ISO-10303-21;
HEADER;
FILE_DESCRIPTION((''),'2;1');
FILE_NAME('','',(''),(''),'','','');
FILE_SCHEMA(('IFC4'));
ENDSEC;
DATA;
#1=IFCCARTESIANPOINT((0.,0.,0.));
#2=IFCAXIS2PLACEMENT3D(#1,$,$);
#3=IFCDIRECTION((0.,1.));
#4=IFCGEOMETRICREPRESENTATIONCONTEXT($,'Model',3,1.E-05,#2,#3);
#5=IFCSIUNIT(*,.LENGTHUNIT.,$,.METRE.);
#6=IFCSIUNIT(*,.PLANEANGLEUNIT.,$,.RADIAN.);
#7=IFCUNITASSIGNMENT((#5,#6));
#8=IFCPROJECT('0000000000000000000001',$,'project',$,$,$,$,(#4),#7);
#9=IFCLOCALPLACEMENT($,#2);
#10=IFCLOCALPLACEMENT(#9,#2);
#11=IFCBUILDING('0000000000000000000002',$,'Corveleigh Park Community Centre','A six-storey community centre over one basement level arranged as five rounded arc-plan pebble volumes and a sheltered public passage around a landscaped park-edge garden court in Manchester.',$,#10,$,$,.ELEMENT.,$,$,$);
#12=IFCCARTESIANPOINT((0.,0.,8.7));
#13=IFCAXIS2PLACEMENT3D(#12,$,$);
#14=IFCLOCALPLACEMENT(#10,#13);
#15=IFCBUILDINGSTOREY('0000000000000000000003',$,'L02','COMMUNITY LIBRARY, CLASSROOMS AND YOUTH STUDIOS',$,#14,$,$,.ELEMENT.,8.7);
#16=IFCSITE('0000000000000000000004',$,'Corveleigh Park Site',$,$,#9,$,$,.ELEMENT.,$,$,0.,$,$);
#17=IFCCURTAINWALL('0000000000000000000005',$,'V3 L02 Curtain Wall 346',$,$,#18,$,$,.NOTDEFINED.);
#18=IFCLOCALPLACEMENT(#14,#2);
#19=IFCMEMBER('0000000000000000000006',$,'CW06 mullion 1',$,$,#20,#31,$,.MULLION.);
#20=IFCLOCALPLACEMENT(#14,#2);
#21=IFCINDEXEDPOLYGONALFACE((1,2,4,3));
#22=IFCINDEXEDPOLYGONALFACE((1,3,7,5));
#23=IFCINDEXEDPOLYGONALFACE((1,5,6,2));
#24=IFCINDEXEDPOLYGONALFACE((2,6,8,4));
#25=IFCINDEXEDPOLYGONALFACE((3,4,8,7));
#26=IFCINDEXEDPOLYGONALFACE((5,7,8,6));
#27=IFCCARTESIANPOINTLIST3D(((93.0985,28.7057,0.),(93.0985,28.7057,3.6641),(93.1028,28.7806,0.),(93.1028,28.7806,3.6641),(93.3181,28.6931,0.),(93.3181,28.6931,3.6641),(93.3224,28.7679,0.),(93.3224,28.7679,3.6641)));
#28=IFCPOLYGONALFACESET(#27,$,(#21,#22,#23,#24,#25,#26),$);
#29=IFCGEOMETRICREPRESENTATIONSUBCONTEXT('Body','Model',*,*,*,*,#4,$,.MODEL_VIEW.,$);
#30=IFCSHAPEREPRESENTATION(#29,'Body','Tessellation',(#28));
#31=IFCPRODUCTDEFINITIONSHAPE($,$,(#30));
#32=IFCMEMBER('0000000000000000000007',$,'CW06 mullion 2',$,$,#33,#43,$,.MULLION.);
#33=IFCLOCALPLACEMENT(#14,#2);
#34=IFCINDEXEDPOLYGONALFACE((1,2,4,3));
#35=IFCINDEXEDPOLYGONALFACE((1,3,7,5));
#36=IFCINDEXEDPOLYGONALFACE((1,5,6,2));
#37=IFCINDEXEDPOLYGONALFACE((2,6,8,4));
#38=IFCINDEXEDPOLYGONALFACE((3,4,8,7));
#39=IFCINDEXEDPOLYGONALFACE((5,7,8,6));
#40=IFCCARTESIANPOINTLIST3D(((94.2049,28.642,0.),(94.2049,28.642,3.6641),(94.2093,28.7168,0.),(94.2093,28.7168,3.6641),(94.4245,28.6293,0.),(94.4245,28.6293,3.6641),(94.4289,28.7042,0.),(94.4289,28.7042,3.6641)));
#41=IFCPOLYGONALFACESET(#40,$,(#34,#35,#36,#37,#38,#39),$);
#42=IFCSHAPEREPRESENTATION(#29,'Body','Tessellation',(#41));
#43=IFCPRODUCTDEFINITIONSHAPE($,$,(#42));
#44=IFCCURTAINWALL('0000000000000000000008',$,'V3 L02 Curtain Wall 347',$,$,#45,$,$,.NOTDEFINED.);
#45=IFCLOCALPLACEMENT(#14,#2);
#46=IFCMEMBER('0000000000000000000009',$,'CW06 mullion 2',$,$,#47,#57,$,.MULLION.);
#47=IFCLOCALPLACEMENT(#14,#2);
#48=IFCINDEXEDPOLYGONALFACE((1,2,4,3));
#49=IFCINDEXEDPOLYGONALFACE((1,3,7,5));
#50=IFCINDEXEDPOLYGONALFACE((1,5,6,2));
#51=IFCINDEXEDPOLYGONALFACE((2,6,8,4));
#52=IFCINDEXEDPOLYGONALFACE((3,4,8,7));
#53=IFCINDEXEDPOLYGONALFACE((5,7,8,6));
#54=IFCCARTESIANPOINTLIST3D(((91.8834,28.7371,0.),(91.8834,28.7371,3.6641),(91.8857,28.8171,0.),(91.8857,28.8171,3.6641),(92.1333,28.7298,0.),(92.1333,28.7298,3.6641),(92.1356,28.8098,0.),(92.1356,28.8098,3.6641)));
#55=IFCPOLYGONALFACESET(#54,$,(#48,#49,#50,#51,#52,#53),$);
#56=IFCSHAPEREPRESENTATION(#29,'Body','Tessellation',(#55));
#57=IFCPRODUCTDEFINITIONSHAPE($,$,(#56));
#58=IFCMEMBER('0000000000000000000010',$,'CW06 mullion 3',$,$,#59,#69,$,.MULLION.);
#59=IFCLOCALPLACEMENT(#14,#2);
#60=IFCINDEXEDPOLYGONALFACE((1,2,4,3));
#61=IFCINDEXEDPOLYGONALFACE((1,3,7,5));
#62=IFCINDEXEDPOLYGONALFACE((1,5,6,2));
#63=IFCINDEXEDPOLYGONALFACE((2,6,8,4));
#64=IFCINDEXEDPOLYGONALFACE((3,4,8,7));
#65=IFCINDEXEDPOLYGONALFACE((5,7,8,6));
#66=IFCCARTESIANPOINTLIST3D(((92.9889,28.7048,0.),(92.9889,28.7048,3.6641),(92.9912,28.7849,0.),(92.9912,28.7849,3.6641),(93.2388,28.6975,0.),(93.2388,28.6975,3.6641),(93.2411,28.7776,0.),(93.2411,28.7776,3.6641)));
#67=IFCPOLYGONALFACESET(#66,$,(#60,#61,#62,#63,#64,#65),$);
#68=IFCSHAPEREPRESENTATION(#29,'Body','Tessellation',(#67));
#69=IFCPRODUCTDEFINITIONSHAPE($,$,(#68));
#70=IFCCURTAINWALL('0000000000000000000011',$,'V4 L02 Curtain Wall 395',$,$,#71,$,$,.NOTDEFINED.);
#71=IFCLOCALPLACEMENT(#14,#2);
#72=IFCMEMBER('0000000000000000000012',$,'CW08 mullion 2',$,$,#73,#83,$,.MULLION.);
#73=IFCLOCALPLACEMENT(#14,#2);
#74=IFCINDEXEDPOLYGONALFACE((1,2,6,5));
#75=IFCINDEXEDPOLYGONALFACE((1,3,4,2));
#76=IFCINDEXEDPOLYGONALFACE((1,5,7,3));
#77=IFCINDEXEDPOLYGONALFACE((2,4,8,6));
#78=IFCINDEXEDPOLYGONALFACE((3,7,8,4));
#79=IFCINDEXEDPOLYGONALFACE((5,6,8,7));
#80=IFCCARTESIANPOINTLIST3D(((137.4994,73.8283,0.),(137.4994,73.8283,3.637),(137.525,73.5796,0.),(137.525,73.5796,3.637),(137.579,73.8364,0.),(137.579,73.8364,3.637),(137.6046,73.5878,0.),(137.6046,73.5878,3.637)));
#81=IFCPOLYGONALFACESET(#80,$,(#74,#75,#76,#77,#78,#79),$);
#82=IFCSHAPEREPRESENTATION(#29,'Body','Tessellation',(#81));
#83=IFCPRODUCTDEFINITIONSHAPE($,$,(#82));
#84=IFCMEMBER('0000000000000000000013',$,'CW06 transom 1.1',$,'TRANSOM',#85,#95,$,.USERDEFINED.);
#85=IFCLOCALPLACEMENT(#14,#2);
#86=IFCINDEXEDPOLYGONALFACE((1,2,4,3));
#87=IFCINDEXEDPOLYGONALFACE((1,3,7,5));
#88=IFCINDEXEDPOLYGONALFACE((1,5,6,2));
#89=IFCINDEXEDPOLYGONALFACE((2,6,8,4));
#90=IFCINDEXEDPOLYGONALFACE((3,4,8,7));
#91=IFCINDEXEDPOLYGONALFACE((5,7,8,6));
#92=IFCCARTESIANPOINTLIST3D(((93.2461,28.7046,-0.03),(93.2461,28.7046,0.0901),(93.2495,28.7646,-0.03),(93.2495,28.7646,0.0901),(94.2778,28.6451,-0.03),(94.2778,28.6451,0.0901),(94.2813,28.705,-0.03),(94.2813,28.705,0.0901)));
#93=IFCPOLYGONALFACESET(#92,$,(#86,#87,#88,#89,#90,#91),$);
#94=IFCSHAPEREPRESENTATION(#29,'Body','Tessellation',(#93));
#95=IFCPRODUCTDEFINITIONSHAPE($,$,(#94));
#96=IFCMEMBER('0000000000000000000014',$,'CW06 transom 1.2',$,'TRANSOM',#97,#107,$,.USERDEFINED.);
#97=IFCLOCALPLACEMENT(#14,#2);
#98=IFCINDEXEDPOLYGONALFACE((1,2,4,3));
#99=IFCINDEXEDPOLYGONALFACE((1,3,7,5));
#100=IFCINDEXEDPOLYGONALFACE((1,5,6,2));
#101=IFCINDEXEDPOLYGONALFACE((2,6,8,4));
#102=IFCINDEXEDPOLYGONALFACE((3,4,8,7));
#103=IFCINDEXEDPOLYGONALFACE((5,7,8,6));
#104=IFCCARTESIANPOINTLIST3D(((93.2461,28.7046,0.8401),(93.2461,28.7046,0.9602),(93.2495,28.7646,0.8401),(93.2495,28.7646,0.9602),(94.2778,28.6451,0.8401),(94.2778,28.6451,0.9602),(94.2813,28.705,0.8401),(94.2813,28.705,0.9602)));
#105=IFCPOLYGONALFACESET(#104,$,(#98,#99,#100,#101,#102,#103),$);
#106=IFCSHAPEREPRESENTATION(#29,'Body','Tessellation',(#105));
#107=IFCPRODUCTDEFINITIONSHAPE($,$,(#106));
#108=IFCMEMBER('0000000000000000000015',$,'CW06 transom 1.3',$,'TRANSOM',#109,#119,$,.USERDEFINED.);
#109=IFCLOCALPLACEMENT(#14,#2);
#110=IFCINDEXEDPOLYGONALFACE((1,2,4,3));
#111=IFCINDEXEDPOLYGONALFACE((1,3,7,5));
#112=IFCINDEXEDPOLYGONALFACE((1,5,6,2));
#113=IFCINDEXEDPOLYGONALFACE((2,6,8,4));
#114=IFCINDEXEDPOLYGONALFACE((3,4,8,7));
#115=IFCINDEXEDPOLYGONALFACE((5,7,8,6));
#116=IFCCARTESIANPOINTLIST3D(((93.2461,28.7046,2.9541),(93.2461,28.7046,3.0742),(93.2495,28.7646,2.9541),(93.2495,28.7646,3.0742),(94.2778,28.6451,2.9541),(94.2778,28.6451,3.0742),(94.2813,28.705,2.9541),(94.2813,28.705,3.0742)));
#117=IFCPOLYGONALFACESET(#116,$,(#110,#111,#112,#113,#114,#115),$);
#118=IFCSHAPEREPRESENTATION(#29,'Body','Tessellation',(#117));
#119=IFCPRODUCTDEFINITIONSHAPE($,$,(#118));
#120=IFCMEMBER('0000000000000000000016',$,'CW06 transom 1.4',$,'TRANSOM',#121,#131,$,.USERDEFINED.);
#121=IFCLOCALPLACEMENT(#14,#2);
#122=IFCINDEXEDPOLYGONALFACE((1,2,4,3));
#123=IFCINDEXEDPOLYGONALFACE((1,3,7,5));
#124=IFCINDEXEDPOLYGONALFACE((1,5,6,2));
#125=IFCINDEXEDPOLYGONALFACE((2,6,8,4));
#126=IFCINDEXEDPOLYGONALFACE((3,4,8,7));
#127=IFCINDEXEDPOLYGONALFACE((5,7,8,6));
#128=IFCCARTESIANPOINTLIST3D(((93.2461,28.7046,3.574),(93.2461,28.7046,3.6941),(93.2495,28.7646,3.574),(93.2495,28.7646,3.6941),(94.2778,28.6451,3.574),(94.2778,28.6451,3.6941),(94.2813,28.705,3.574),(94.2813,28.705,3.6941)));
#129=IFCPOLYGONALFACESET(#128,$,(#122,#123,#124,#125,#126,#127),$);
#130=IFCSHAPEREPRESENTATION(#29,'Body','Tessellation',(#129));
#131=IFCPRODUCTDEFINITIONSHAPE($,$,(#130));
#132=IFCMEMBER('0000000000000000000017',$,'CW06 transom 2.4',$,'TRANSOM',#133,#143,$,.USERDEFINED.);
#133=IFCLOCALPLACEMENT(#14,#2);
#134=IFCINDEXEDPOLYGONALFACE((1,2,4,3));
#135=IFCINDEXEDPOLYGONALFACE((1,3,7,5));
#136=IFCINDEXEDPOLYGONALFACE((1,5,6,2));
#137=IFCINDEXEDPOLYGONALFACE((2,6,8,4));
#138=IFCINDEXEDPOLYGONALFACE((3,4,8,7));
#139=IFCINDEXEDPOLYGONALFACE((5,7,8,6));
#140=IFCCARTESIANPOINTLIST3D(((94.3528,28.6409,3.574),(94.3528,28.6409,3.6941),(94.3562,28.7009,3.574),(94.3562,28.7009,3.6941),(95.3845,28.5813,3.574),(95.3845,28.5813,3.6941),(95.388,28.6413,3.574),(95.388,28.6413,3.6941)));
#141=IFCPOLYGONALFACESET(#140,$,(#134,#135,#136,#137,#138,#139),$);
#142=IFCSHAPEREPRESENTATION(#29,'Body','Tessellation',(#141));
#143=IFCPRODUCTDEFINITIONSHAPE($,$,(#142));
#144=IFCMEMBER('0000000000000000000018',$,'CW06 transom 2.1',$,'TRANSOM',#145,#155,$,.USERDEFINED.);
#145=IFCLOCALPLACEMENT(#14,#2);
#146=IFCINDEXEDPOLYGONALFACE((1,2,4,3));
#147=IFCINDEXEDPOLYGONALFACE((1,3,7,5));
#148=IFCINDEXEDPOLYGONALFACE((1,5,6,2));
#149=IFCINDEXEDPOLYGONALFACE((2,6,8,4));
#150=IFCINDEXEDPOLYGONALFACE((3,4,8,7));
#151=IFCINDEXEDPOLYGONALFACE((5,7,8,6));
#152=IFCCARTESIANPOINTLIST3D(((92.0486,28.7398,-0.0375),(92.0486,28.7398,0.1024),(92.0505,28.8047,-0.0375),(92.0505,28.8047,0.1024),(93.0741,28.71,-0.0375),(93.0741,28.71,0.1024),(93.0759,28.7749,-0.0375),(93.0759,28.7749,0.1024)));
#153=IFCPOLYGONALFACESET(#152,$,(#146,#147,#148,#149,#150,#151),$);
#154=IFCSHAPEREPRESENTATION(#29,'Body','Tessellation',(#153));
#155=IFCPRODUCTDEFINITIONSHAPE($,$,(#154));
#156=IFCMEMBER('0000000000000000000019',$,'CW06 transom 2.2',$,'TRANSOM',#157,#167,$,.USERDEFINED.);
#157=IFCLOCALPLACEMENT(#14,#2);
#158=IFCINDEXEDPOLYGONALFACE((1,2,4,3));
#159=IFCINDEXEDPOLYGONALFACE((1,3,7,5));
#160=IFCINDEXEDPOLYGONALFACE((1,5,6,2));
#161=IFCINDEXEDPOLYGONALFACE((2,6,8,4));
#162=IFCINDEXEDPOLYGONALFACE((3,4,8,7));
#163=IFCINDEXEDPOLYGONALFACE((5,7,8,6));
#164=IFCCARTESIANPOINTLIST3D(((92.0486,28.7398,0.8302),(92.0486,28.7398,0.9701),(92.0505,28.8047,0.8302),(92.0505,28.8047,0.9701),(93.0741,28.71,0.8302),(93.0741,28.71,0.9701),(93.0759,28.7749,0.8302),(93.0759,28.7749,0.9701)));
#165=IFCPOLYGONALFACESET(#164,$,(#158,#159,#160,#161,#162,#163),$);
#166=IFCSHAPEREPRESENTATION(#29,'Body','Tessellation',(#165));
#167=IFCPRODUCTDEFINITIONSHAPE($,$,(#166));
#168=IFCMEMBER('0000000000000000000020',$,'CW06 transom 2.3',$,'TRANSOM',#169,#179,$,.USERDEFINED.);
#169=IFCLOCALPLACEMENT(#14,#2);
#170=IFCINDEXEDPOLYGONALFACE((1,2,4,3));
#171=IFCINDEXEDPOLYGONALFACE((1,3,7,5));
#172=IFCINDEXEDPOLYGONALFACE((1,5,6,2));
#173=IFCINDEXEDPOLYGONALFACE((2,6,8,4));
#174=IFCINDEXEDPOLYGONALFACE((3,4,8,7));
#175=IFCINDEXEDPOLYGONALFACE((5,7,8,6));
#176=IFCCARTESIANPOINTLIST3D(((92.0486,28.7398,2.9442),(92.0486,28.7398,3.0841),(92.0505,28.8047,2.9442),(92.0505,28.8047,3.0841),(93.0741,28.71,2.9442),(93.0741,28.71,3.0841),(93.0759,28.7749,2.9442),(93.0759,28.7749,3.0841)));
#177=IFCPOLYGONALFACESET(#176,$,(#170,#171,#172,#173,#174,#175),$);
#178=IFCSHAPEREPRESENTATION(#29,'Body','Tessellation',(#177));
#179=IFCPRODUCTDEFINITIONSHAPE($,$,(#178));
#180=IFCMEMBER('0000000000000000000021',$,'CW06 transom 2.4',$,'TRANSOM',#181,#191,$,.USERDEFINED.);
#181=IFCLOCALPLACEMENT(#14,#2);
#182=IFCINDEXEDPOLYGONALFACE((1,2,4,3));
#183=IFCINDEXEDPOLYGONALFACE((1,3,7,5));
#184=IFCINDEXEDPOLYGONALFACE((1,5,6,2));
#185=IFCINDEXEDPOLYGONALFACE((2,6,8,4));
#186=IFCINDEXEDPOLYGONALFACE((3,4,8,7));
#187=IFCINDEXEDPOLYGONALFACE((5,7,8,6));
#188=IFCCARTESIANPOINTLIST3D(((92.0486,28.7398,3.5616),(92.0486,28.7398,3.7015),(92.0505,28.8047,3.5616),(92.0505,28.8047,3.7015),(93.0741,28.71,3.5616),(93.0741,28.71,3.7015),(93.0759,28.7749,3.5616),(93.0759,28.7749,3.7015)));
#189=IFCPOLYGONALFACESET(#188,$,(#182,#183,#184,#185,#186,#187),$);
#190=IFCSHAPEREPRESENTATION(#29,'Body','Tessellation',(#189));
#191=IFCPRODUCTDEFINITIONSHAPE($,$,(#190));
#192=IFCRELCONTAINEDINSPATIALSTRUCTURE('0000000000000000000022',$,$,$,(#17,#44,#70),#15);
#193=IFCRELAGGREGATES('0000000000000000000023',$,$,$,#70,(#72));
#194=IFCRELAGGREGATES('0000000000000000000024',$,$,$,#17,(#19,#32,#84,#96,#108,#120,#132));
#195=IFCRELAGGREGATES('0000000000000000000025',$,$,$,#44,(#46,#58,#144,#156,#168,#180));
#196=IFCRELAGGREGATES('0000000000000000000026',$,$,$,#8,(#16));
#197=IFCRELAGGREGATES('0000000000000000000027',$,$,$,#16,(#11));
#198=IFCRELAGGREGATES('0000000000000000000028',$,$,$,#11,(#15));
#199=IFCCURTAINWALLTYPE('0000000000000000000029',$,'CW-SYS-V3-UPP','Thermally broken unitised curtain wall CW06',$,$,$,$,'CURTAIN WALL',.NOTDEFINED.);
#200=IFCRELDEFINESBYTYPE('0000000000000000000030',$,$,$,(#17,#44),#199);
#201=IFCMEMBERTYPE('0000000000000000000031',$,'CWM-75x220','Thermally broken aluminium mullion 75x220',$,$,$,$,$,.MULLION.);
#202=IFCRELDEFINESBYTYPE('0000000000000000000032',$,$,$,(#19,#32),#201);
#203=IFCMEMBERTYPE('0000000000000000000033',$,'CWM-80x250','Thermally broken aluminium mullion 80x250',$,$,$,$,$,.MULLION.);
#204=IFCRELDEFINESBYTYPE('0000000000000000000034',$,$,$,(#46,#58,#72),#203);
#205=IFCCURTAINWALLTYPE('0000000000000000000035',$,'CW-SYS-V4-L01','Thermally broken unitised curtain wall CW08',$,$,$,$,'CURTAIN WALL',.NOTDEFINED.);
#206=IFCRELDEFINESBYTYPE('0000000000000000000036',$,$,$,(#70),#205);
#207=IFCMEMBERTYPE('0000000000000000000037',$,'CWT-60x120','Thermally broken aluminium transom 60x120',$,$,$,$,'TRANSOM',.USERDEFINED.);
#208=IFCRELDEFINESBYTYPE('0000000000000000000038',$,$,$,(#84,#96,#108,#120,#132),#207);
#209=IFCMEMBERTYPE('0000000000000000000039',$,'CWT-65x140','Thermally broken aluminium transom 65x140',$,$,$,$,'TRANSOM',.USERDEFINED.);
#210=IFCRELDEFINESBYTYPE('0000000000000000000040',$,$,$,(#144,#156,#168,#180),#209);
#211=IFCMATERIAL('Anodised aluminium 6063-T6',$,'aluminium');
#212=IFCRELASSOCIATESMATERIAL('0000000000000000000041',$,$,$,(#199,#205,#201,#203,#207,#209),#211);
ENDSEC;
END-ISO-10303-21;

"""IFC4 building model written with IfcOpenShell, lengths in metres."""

from ifc_helpers import new_model, si_unit, direction, frame, origin, origin_2d, place, context, subcontext, project, spatial, rectangle, extrude, material, material_profile, profile_set, type_object, element, aggregate, save


model = new_model("IFC4")

# Units and contexts
model_context = context("Model", 3, precision=1e-05, world=origin(), true_north=direction((0.0, 1.0)))
body_context = subcontext(model_context, "Body", "Model", "MODEL_VIEW")
ifc_project = project(units=[si_unit("LENGTHUNIT", "METRE"), si_unit("PLANEANGLEUNIT", "RADIAN")], contexts=[model_context])

# Site, building, storey
site_placement = place(None, origin())
site = spatial("IfcSite", under=ifc_project, at=site_placement, Name="Corveleigh Park Site", CompositionType="ELEMENT", RefElevation=0.0)
building_placement = place(site_placement, origin())
building = spatial("IfcBuilding", under=site, at=building_placement, Name="Corveleigh Park Community Centre", Description="A six-storey community centre over one basement level arranged as five rounded arc-plan pebble volumes and a sheltered public passage around a landscaped park-edge garden court in Manchester.", CompositionType="ELEMENT")
storey_placement = place(building_placement, frame((0.0, 0.0, 8.7)))
storey = spatial("IfcBuildingStorey", under=building, at=storey_placement, Name="L02", Description="COMMUNITY LIBRARY, CLASSROOMS AND YOUTH STUDIOS", CompositionType="ELEMENT", Elevation=8.7)

# Curtain walls, members
ifc_material_1 = material(Name="Anodised aluminium 6063-T6", Category="aluminium")
curtain_wall_type_1 = type_object("IfcCurtainWallType", Name="CW-SYS-V3-UPP", Description="Thermally broken unitised curtain wall CW06", ElementType="CURTAIN WALL", PredefinedType="NOTDEFINED", material=ifc_material_1)
curtain_wall_1_placement = place(storey_placement, origin())
curtain_wall_1 = element("IfcCurtainWall", 1, at=curtain_wall_1_placement, inside=storey, type_object=curtain_wall_type_1, Name="V3 L02 Curtain Wall 346", PredefinedType="NOTDEFINED")
ifc_material_profile_1 = material_profile(ifc_material_1, rectangle(XDim=0.075, YDim=0.22, at=origin_2d()), Name="ALU-M75x220", Category="aluminium")
ifc_profile_set_1 = profile_set([ifc_material_profile_1], Name="Anodised aluminium 6063-T6")
member_type_1 = type_object("IfcMemberType", Name="CWM-75x220", Description="Thermally broken aluminium mullion 75x220", PredefinedType="MULLION", material=ifc_profile_set_1)
member_1_placement = place(storey_placement, frame((93.2104, 28.7368, 0.0), z_axis=(0.0, 0.0, 1.0), x_axis=(0.057597, 0.99834, 0.0)))
member_1 = element("IfcMember", 2, at=member_1_placement, type_object=member_type_1, Name="CW06 mullion 1", PredefinedType="MULLION", context=body_context, shape_type="SweptSolid", body=[
    extrude(rectangle(XDim=0.075, YDim=0.22, at=origin_2d()), origin(), (0.0, 0.0, 1.0), 3.6641),
])
member_2_placement = place(storey_placement, frame((94.3169, 28.6731, 0.0), z_axis=(0.0, 0.0, 1.0), x_axis=(0.057597, 0.99834, 0.0)))
member_2 = element("IfcMember", 3, at=member_2_placement, type_object=member_type_1, Name="CW06 mullion 2", PredefinedType="MULLION", context=body_context, shape_type="SweptSolid", body=[
    extrude(rectangle(XDim=0.075, YDim=0.22, at=origin_2d()), origin(), (0.0, 0.0, 1.0), 3.6641),
])
curtain_wall_2_placement = place(storey_placement, origin())
curtain_wall_2 = element("IfcCurtainWall", 4, at=curtain_wall_2_placement, inside=storey, type_object=curtain_wall_type_1, Name="V3 L02 Curtain Wall 347", PredefinedType="NOTDEFINED")
ifc_material_profile_2 = material_profile(ifc_material_1, rectangle(XDim=0.0801, YDim=0.25, at=origin_2d()), Name="ALU-M80x250", Category="aluminium")
ifc_profile_set_2 = profile_set([ifc_material_profile_2], Name="Anodised aluminium 6063-T6")
member_type_2 = type_object("IfcMemberType", Name="CWM-80x250", Description="Thermally broken aluminium mullion 80x250", PredefinedType="MULLION", material=ifc_profile_set_2)
member_3_placement = place(storey_placement, frame((92.0095, 28.7734, 0.0), z_axis=(0.0, 0.0, 1.0), x_axis=(0.029232, 0.999573, 0.0)))
member_3 = element("IfcMember", 5, at=member_3_placement, type_object=member_type_2, Name="CW06 mullion 2", PredefinedType="MULLION", context=body_context, shape_type="SweptSolid", body=[
    extrude(rectangle(XDim=0.0801, YDim=0.25, at=origin_2d()), origin(), (0.0, 0.0, 1.0), 3.6641),
])
member_4_placement = place(storey_placement, frame((93.115, 28.7412, 0.0), z_axis=(0.0, 0.0, 1.0), x_axis=(0.029232, 0.999573, 0.0)))
member_4 = element("IfcMember", 6, at=member_4_placement, type_object=member_type_2, Name="CW06 mullion 3", PredefinedType="MULLION", context=body_context, shape_type="SweptSolid", body=[
    extrude(rectangle(XDim=0.0801, YDim=0.25, at=origin_2d()), origin(), (0.0, 0.0, 1.0), 3.6641),
])

# Curtain wall, member
curtain_wall_type_2 = type_object("IfcCurtainWallType", Name="CW-SYS-V4-L01", Description="Thermally broken unitised curtain wall CW08", ElementType="CURTAIN WALL", PredefinedType="NOTDEFINED", material=ifc_material_1)
curtain_wall_3_placement = place(storey_placement, origin())
curtain_wall_3 = element("IfcCurtainWall", 7, at=curtain_wall_3_placement, inside=storey, type_object=curtain_wall_type_2, Name="V4 L02 Curtain Wall 395", PredefinedType="NOTDEFINED")
member_5_placement = place(storey_placement, frame((137.552, 73.708, 0.0), z_axis=(0.0, 0.0, 1.0), x_axis=(-0.994752, -0.102312, 0.0)))
member_5 = element("IfcMember", 8, at=member_5_placement, type_object=member_type_2, Name="CW08 mullion 2", PredefinedType="MULLION", context=body_context, shape_type="SweptSolid", body=[
    extrude(rectangle(XDim=0.0801, YDim=0.25, at=origin_2d()), origin(), (0.0, 0.0, 1.0), 3.637),
])
aggregate(curtain_wall_3, [member_5])

# Members
ifc_material_profile_3 = material_profile(ifc_material_1, rectangle(XDim=0.0601, YDim=0.1201, at=origin_2d()), Name="ALU-T60x120", Category="aluminium")
ifc_profile_set_3 = profile_set([ifc_material_profile_3], Name="Anodised aluminium 6063-T6")
member_type_3 = type_object("IfcMemberType", Name="CWT-60x120", Description="Thermally broken aluminium transom 60x120", ElementType="TRANSOM", PredefinedType="USERDEFINED", material=ifc_profile_set_3)
member_6_placement = place(storey_placement, frame((93.2478, 28.7346, 0.03), z_axis=(0.998337, -0.057642, 0.0), x_axis=(0.057642, 0.998337, 0.0)))
member_6 = element("IfcMember", 9, at=member_6_placement, type_object=member_type_3, Name="CW06 transom 1.1", ObjectType="TRANSOM", PredefinedType="USERDEFINED", context=body_context, shape_type="SweptSolid", body=[
    extrude(rectangle(XDim=0.0601, YDim=0.1201, at=origin_2d()), origin(), (0.0, 0.0, 1.0), 1.0334),
])
member_7_placement = place(storey_placement, frame((93.2478, 28.7346, 0.9001), z_axis=(0.998337, -0.057642, 0.0), x_axis=(0.057642, 0.998337, 0.0)))
member_7 = element("IfcMember", 10, at=member_7_placement, type_object=member_type_3, Name="CW06 transom 1.2", ObjectType="TRANSOM", PredefinedType="USERDEFINED", context=body_context, shape_type="SweptSolid", body=[
    extrude(rectangle(XDim=0.0601, YDim=0.1201, at=origin_2d()), origin(), (0.0, 0.0, 1.0), 1.0334),
])
member_8_placement = place(storey_placement, frame((93.2478, 28.7346, 3.0142), z_axis=(0.998337, -0.057642, 0.0), x_axis=(0.057642, 0.998337, 0.0)))
member_8 = element("IfcMember", 11, at=member_8_placement, type_object=member_type_3, Name="CW06 transom 1.3", ObjectType="TRANSOM", PredefinedType="USERDEFINED", context=body_context, shape_type="SweptSolid", body=[
    extrude(rectangle(XDim=0.0601, YDim=0.1201, at=origin_2d()), origin(), (0.0, 0.0, 1.0), 1.0334),
])
member_9_placement = place(storey_placement, frame((93.2478, 28.7346, 3.634), z_axis=(0.998337, -0.057642, 0.0), x_axis=(0.057642, 0.998337, 0.0)))
member_9 = element("IfcMember", 12, at=member_9_placement, type_object=member_type_3, Name="CW06 transom 1.4", ObjectType="TRANSOM", PredefinedType="USERDEFINED", context=body_context, shape_type="SweptSolid", body=[
    extrude(rectangle(XDim=0.0601, YDim=0.1201, at=origin_2d()), origin(), (0.0, 0.0, 1.0), 1.0334),
])
member_10_placement = place(storey_placement, frame((94.3545, 28.6709, 3.634), z_axis=(0.998337, -0.057642, 0.0), x_axis=(0.057642, 0.998337, 0.0)))
member_10 = element("IfcMember", 13, at=member_10_placement, type_object=member_type_3, Name="CW06 transom 2.4", ObjectType="TRANSOM", PredefinedType="USERDEFINED", context=body_context, shape_type="SweptSolid", body=[
    extrude(rectangle(XDim=0.0601, YDim=0.1201, at=origin_2d()), origin(), (0.0, 0.0, 1.0), 1.0334),
])
ifc_material_profile_4 = material_profile(ifc_material_1, rectangle(XDim=0.0649, YDim=0.1399, at=origin_2d()), Name="ALU-T65x140", Category="aluminium")
ifc_profile_set_4 = profile_set([ifc_material_profile_4], Name="Anodised aluminium 6063-T6")
member_type_4 = type_object("IfcMemberType", Name="CWT-65x140", Description="Thermally broken aluminium transom 65x140", ElementType="TRANSOM", PredefinedType="USERDEFINED", material=ifc_profile_set_4)
member_11_placement = place(storey_placement, frame((92.0496, 28.7722, 0.0325), z_axis=(0.999578, -0.029035, 0.0), x_axis=(0.029035, 0.999578, 0.0)))
member_11 = element("IfcMember", 14, at=member_11_placement, type_object=member_type_4, Name="CW06 transom 2.1", ObjectType="TRANSOM", PredefinedType="USERDEFINED", context=body_context, shape_type="SweptSolid", body=[
    extrude(rectangle(XDim=0.0649, YDim=0.1399, at=origin_2d()), origin(), (0.0, 0.0, 1.0), 1.0259),
])
member_12_placement = place(storey_placement, frame((92.0496, 28.7722, 0.9001), z_axis=(0.999578, -0.029035, 0.0), x_axis=(0.029035, 0.999578, 0.0)))
member_12 = element("IfcMember", 15, at=member_12_placement, type_object=member_type_4, Name="CW06 transom 2.2", ObjectType="TRANSOM", PredefinedType="USERDEFINED", context=body_context, shape_type="SweptSolid", body=[
    extrude(rectangle(XDim=0.0649, YDim=0.1399, at=origin_2d()), origin(), (0.0, 0.0, 1.0), 1.0259),
])
member_13_placement = place(storey_placement, frame((92.0496, 28.7722, 3.0142), z_axis=(0.999578, -0.029035, 0.0), x_axis=(0.029035, 0.999578, 0.0)))
member_13 = element("IfcMember", 16, at=member_13_placement, type_object=member_type_4, Name="CW06 transom 2.3", ObjectType="TRANSOM", PredefinedType="USERDEFINED", context=body_context, shape_type="SweptSolid", body=[
    extrude(rectangle(XDim=0.0649, YDim=0.1399, at=origin_2d()), origin(), (0.0, 0.0, 1.0), 1.0259),
])
member_14_placement = place(storey_placement, frame((92.0496, 28.7722, 3.6316), z_axis=(0.999578, -0.029035, 0.0), x_axis=(0.029035, 0.999578, 0.0)))
member_14 = element("IfcMember", 17, at=member_14_placement, type_object=member_type_4, Name="CW06 transom 2.4", ObjectType="TRANSOM", PredefinedType="USERDEFINED", context=body_context, shape_type="SweptSolid", body=[
    extrude(rectangle(XDim=0.0649, YDim=0.1399, at=origin_2d()), origin(), (0.0, 0.0, 1.0), 1.0259),
])

aggregate(curtain_wall_1, [member_1, member_2, member_6, member_7, member_8, member_9, member_10])
aggregate(curtain_wall_2, [member_3, member_4, member_11, member_12, member_13, member_14])

save(model, "model.ifc")
